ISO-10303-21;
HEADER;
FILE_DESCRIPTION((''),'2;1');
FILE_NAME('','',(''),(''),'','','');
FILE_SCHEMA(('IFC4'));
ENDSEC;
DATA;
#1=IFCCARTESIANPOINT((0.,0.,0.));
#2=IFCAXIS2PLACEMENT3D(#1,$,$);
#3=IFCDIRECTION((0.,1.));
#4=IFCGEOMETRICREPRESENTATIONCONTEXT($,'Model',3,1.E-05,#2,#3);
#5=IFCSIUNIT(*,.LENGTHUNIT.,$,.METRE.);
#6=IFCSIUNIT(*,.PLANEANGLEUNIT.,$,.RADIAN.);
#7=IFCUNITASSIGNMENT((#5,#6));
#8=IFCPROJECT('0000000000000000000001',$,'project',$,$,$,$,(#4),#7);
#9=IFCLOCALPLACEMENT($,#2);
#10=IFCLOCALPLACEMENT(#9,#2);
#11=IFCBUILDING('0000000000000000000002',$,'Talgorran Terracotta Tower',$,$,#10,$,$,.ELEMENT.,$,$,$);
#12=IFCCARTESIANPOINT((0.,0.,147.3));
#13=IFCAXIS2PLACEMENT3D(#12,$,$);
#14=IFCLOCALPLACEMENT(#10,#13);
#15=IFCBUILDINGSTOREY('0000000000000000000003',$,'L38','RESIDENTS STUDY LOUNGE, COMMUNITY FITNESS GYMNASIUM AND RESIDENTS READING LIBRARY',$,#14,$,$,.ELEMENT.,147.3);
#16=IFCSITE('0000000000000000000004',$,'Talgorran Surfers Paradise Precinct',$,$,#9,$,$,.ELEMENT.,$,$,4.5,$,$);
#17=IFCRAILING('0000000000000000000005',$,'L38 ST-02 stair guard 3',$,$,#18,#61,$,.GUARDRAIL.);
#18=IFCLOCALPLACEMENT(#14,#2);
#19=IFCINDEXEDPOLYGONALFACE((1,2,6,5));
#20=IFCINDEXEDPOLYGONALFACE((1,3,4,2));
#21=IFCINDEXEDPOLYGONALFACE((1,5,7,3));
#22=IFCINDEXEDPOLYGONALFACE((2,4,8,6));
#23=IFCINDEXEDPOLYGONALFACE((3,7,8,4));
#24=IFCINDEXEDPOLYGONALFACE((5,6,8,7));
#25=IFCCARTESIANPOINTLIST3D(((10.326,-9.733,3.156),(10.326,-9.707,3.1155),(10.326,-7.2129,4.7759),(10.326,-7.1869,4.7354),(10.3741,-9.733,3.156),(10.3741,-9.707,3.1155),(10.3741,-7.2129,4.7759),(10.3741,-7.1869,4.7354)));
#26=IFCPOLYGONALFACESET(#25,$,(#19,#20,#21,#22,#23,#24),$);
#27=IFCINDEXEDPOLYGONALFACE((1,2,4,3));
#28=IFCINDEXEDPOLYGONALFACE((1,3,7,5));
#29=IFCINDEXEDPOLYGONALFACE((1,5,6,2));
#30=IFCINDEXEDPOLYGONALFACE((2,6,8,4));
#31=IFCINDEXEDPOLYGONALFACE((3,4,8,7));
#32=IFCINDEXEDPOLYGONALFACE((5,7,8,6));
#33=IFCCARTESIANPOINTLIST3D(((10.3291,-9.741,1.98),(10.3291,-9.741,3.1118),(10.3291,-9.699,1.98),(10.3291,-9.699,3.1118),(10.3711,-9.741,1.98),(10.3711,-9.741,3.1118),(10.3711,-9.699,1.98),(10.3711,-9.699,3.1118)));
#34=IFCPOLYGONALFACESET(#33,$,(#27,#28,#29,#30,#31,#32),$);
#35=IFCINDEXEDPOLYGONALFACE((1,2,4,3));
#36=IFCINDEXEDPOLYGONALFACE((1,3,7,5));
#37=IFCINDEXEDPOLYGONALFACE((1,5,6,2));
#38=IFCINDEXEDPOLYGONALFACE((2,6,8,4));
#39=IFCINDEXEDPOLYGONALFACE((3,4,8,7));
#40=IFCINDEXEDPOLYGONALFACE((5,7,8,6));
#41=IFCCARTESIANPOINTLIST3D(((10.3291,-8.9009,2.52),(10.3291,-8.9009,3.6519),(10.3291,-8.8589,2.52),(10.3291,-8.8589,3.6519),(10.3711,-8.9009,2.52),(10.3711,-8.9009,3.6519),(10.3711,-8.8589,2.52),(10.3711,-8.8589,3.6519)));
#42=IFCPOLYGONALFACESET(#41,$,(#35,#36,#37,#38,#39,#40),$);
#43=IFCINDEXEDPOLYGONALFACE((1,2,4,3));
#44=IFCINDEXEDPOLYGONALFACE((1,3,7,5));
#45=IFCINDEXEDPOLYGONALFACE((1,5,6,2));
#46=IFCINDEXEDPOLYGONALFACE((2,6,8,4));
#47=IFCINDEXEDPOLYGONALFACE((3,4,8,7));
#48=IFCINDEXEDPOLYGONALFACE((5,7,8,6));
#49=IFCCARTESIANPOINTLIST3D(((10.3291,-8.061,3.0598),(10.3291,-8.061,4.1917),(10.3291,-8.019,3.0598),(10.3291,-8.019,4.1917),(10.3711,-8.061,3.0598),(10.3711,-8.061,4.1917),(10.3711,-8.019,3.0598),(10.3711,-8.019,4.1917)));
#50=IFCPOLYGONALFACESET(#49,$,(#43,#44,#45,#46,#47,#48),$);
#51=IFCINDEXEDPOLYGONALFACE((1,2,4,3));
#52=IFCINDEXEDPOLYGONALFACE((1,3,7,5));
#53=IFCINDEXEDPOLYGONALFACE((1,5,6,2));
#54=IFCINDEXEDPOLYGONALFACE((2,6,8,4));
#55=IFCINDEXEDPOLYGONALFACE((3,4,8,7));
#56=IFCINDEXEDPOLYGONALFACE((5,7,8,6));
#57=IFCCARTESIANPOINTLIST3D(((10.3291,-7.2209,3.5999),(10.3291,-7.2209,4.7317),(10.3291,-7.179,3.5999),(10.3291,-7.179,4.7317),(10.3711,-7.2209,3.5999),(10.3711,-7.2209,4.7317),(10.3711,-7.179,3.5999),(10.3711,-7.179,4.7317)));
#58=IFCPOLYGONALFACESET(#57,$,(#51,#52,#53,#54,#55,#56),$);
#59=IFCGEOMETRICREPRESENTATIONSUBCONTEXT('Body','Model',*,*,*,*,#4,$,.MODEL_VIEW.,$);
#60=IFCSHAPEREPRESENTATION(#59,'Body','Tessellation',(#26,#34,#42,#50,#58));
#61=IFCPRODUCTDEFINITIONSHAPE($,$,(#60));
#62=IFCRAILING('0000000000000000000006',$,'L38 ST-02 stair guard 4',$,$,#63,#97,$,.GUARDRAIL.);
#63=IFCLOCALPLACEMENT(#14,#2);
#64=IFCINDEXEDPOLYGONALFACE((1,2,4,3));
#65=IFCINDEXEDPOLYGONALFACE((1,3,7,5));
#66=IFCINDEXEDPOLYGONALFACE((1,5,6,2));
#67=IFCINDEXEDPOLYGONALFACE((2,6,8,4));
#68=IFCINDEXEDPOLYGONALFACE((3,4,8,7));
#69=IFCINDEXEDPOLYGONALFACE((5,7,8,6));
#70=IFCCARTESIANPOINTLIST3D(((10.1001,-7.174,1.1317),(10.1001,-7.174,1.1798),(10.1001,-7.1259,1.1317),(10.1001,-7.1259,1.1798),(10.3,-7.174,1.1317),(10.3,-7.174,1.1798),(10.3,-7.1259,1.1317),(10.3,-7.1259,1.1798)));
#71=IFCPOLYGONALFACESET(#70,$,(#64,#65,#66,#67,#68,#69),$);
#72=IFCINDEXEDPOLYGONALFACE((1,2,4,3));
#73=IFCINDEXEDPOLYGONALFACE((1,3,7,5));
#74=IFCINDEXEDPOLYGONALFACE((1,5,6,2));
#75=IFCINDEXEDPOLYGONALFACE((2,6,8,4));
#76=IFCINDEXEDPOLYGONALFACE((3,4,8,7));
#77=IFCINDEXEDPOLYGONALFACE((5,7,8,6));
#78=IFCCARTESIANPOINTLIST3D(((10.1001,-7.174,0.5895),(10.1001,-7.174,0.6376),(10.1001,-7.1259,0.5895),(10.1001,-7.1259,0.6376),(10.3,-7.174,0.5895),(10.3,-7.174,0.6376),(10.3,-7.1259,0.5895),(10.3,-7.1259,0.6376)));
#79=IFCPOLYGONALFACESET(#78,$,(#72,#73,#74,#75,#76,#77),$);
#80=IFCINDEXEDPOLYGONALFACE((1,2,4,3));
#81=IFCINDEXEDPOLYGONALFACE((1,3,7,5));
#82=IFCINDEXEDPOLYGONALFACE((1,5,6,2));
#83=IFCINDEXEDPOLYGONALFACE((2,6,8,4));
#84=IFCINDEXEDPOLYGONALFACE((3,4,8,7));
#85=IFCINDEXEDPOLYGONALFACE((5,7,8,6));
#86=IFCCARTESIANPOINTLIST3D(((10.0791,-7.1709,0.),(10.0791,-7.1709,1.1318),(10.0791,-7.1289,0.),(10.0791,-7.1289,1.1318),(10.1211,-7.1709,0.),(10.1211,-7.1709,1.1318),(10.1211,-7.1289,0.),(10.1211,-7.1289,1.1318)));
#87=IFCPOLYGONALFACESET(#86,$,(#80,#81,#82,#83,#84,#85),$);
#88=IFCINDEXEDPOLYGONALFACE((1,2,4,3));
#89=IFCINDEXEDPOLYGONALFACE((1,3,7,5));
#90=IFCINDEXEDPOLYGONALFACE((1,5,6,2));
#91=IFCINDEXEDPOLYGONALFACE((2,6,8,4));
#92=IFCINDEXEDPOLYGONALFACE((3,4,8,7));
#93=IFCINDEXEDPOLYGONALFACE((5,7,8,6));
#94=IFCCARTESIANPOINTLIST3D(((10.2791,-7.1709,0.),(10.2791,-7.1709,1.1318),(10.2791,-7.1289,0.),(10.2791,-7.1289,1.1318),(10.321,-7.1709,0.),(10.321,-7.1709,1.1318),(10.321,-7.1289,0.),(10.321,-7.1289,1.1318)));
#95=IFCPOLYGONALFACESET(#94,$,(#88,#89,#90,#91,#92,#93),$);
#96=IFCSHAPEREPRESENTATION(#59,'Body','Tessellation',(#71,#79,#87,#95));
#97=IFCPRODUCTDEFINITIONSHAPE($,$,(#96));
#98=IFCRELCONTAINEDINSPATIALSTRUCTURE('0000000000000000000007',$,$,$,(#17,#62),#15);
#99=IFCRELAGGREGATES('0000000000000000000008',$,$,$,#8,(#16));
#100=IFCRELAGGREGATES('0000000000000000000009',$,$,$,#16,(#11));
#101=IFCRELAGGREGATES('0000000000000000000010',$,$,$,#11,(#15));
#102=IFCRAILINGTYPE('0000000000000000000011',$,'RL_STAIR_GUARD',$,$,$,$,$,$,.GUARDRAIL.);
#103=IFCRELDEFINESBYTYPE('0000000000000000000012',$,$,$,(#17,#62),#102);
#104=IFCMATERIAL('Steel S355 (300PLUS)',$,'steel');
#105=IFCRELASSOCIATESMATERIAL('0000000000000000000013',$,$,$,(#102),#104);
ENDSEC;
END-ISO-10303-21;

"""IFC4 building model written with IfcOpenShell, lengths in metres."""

from ifc_helpers import new_model, si_unit, direction, frame, origin, origin_2d, place, context, subcontext, project, spatial, rectangle, extrude, material, type_object, element, save


model = new_model("IFC4")

# Units and contexts
model_context = context("Model", 3, precision=1e-05, world=origin(), true_north=direction((0.0, 1.0)))
body_context = subcontext(model_context, "Body", "Model", "MODEL_VIEW")
ifc_project = project(units=[si_unit("LENGTHUNIT", "METRE"), si_unit("PLANEANGLEUNIT", "RADIAN")], contexts=[model_context])

# Site, building, storey
site_placement = place(None, origin())
site = spatial("IfcSite", under=ifc_project, at=site_placement, Name="Talgorran Surfers Paradise Precinct", CompositionType="ELEMENT", RefElevation=4.5)
building_placement = place(site_placement, origin())
building = spatial("IfcBuilding", under=site, at=building_placement, Name="Talgorran Terracotta Tower", CompositionType="ELEMENT")
storey_placement = place(building_placement, frame((0.0, 0.0, 147.3)))
storey = spatial("IfcBuildingStorey", under=building, at=storey_placement, Name="L38", Description="RESIDENTS STUDY LOUNGE, COMMUNITY FITNESS GYMNASIUM AND RESIDENTS READING LIBRARY", CompositionType="ELEMENT", Elevation=147.3)

# Shared definitions
ifc_material_1 = material(Name="Steel S355 (300PLUS)", Category="steel")

# Railings
railing_type_1 = type_object("IfcRailingType", Name="RL_STAIR_GUARD", PredefinedType="GUARDRAIL", material=ifc_material_1)
railing_1_placement = place(storey_placement, frame((10.3501, -9.72, 1.98)))
element("IfcRailing", 1, at=railing_1_placement, inside=storey, type_object=railing_type_1, Name="L38 ST-02 stair guard 3", PredefinedType="GUARDRAIL", context=body_context, shape_type="SweptSolid", body=[
    extrude(rectangle(XDim=0.0481, YDim=0.0481, at=origin_2d()), frame((0.0, 0.0, 1.1558), z_axis=(0.0, 0.8412, 0.540725), x_axis=(-1.0, 0.0, 0.0)), (0.0, 0.0, 1.0), 2.9958),
    extrude(rectangle(XDim=0.042, YDim=0.042, at=origin_2d()), origin(), (0.0, 0.0, 1.0), 1.1318),
    extrude(rectangle(XDim=0.042, YDim=0.042, at=origin_2d()), frame((0.0, 0.8401, 0.54)), (0.0, 0.0, 1.0), 1.1318),
    extrude(rectangle(XDim=0.042, YDim=0.042, at=origin_2d()), frame((0.0, 1.6799, 1.0798)), (0.0, 0.0, 1.0), 1.1318),
    extrude(rectangle(XDim=0.042, YDim=0.042, at=origin_2d()), frame((0.0, 2.52, 1.6199)), (0.0, 0.0, 1.0), 1.1318),
])
railing_2_placement = place(storey_placement, frame((10.1001, -7.1499, 0.0)))
element("IfcRailing", 2, at=railing_2_placement, inside=storey, type_object=railing_type_1, Name="L38 ST-02 stair guard 4", PredefinedType="GUARDRAIL", context=body_context, shape_type="SweptSolid", body=[
    extrude(rectangle(XDim=0.0481, YDim=0.0481, at=origin_2d()), frame((0.0, 0.0, 1.1558), z_axis=(1.0, 0.0, 0.0), x_axis=(0.0, 1.0, 0.0)), (0.0, 0.0, 1.0), 0.2),
    extrude(rectangle(XDim=0.0481, YDim=0.0481, at=origin_2d()), frame((0.0, 0.0, 0.6135), z_axis=(1.0, 0.0, 0.0), x_axis=(0.0, 1.0, 0.0)), (0.0, 0.0, 1.0), 0.2),
    extrude(rectangle(XDim=0.042, YDim=0.042, at=origin_2d()), origin(), (0.0, 0.0, 1.0), 1.1318),
    extrude(rectangle(XDim=0.042, YDim=0.042, at=origin_2d()), frame((0.2, 0.0, 0.0)), (0.0, 0.0, 1.0), 1.1318),
])

save(model, "model.ifc")
